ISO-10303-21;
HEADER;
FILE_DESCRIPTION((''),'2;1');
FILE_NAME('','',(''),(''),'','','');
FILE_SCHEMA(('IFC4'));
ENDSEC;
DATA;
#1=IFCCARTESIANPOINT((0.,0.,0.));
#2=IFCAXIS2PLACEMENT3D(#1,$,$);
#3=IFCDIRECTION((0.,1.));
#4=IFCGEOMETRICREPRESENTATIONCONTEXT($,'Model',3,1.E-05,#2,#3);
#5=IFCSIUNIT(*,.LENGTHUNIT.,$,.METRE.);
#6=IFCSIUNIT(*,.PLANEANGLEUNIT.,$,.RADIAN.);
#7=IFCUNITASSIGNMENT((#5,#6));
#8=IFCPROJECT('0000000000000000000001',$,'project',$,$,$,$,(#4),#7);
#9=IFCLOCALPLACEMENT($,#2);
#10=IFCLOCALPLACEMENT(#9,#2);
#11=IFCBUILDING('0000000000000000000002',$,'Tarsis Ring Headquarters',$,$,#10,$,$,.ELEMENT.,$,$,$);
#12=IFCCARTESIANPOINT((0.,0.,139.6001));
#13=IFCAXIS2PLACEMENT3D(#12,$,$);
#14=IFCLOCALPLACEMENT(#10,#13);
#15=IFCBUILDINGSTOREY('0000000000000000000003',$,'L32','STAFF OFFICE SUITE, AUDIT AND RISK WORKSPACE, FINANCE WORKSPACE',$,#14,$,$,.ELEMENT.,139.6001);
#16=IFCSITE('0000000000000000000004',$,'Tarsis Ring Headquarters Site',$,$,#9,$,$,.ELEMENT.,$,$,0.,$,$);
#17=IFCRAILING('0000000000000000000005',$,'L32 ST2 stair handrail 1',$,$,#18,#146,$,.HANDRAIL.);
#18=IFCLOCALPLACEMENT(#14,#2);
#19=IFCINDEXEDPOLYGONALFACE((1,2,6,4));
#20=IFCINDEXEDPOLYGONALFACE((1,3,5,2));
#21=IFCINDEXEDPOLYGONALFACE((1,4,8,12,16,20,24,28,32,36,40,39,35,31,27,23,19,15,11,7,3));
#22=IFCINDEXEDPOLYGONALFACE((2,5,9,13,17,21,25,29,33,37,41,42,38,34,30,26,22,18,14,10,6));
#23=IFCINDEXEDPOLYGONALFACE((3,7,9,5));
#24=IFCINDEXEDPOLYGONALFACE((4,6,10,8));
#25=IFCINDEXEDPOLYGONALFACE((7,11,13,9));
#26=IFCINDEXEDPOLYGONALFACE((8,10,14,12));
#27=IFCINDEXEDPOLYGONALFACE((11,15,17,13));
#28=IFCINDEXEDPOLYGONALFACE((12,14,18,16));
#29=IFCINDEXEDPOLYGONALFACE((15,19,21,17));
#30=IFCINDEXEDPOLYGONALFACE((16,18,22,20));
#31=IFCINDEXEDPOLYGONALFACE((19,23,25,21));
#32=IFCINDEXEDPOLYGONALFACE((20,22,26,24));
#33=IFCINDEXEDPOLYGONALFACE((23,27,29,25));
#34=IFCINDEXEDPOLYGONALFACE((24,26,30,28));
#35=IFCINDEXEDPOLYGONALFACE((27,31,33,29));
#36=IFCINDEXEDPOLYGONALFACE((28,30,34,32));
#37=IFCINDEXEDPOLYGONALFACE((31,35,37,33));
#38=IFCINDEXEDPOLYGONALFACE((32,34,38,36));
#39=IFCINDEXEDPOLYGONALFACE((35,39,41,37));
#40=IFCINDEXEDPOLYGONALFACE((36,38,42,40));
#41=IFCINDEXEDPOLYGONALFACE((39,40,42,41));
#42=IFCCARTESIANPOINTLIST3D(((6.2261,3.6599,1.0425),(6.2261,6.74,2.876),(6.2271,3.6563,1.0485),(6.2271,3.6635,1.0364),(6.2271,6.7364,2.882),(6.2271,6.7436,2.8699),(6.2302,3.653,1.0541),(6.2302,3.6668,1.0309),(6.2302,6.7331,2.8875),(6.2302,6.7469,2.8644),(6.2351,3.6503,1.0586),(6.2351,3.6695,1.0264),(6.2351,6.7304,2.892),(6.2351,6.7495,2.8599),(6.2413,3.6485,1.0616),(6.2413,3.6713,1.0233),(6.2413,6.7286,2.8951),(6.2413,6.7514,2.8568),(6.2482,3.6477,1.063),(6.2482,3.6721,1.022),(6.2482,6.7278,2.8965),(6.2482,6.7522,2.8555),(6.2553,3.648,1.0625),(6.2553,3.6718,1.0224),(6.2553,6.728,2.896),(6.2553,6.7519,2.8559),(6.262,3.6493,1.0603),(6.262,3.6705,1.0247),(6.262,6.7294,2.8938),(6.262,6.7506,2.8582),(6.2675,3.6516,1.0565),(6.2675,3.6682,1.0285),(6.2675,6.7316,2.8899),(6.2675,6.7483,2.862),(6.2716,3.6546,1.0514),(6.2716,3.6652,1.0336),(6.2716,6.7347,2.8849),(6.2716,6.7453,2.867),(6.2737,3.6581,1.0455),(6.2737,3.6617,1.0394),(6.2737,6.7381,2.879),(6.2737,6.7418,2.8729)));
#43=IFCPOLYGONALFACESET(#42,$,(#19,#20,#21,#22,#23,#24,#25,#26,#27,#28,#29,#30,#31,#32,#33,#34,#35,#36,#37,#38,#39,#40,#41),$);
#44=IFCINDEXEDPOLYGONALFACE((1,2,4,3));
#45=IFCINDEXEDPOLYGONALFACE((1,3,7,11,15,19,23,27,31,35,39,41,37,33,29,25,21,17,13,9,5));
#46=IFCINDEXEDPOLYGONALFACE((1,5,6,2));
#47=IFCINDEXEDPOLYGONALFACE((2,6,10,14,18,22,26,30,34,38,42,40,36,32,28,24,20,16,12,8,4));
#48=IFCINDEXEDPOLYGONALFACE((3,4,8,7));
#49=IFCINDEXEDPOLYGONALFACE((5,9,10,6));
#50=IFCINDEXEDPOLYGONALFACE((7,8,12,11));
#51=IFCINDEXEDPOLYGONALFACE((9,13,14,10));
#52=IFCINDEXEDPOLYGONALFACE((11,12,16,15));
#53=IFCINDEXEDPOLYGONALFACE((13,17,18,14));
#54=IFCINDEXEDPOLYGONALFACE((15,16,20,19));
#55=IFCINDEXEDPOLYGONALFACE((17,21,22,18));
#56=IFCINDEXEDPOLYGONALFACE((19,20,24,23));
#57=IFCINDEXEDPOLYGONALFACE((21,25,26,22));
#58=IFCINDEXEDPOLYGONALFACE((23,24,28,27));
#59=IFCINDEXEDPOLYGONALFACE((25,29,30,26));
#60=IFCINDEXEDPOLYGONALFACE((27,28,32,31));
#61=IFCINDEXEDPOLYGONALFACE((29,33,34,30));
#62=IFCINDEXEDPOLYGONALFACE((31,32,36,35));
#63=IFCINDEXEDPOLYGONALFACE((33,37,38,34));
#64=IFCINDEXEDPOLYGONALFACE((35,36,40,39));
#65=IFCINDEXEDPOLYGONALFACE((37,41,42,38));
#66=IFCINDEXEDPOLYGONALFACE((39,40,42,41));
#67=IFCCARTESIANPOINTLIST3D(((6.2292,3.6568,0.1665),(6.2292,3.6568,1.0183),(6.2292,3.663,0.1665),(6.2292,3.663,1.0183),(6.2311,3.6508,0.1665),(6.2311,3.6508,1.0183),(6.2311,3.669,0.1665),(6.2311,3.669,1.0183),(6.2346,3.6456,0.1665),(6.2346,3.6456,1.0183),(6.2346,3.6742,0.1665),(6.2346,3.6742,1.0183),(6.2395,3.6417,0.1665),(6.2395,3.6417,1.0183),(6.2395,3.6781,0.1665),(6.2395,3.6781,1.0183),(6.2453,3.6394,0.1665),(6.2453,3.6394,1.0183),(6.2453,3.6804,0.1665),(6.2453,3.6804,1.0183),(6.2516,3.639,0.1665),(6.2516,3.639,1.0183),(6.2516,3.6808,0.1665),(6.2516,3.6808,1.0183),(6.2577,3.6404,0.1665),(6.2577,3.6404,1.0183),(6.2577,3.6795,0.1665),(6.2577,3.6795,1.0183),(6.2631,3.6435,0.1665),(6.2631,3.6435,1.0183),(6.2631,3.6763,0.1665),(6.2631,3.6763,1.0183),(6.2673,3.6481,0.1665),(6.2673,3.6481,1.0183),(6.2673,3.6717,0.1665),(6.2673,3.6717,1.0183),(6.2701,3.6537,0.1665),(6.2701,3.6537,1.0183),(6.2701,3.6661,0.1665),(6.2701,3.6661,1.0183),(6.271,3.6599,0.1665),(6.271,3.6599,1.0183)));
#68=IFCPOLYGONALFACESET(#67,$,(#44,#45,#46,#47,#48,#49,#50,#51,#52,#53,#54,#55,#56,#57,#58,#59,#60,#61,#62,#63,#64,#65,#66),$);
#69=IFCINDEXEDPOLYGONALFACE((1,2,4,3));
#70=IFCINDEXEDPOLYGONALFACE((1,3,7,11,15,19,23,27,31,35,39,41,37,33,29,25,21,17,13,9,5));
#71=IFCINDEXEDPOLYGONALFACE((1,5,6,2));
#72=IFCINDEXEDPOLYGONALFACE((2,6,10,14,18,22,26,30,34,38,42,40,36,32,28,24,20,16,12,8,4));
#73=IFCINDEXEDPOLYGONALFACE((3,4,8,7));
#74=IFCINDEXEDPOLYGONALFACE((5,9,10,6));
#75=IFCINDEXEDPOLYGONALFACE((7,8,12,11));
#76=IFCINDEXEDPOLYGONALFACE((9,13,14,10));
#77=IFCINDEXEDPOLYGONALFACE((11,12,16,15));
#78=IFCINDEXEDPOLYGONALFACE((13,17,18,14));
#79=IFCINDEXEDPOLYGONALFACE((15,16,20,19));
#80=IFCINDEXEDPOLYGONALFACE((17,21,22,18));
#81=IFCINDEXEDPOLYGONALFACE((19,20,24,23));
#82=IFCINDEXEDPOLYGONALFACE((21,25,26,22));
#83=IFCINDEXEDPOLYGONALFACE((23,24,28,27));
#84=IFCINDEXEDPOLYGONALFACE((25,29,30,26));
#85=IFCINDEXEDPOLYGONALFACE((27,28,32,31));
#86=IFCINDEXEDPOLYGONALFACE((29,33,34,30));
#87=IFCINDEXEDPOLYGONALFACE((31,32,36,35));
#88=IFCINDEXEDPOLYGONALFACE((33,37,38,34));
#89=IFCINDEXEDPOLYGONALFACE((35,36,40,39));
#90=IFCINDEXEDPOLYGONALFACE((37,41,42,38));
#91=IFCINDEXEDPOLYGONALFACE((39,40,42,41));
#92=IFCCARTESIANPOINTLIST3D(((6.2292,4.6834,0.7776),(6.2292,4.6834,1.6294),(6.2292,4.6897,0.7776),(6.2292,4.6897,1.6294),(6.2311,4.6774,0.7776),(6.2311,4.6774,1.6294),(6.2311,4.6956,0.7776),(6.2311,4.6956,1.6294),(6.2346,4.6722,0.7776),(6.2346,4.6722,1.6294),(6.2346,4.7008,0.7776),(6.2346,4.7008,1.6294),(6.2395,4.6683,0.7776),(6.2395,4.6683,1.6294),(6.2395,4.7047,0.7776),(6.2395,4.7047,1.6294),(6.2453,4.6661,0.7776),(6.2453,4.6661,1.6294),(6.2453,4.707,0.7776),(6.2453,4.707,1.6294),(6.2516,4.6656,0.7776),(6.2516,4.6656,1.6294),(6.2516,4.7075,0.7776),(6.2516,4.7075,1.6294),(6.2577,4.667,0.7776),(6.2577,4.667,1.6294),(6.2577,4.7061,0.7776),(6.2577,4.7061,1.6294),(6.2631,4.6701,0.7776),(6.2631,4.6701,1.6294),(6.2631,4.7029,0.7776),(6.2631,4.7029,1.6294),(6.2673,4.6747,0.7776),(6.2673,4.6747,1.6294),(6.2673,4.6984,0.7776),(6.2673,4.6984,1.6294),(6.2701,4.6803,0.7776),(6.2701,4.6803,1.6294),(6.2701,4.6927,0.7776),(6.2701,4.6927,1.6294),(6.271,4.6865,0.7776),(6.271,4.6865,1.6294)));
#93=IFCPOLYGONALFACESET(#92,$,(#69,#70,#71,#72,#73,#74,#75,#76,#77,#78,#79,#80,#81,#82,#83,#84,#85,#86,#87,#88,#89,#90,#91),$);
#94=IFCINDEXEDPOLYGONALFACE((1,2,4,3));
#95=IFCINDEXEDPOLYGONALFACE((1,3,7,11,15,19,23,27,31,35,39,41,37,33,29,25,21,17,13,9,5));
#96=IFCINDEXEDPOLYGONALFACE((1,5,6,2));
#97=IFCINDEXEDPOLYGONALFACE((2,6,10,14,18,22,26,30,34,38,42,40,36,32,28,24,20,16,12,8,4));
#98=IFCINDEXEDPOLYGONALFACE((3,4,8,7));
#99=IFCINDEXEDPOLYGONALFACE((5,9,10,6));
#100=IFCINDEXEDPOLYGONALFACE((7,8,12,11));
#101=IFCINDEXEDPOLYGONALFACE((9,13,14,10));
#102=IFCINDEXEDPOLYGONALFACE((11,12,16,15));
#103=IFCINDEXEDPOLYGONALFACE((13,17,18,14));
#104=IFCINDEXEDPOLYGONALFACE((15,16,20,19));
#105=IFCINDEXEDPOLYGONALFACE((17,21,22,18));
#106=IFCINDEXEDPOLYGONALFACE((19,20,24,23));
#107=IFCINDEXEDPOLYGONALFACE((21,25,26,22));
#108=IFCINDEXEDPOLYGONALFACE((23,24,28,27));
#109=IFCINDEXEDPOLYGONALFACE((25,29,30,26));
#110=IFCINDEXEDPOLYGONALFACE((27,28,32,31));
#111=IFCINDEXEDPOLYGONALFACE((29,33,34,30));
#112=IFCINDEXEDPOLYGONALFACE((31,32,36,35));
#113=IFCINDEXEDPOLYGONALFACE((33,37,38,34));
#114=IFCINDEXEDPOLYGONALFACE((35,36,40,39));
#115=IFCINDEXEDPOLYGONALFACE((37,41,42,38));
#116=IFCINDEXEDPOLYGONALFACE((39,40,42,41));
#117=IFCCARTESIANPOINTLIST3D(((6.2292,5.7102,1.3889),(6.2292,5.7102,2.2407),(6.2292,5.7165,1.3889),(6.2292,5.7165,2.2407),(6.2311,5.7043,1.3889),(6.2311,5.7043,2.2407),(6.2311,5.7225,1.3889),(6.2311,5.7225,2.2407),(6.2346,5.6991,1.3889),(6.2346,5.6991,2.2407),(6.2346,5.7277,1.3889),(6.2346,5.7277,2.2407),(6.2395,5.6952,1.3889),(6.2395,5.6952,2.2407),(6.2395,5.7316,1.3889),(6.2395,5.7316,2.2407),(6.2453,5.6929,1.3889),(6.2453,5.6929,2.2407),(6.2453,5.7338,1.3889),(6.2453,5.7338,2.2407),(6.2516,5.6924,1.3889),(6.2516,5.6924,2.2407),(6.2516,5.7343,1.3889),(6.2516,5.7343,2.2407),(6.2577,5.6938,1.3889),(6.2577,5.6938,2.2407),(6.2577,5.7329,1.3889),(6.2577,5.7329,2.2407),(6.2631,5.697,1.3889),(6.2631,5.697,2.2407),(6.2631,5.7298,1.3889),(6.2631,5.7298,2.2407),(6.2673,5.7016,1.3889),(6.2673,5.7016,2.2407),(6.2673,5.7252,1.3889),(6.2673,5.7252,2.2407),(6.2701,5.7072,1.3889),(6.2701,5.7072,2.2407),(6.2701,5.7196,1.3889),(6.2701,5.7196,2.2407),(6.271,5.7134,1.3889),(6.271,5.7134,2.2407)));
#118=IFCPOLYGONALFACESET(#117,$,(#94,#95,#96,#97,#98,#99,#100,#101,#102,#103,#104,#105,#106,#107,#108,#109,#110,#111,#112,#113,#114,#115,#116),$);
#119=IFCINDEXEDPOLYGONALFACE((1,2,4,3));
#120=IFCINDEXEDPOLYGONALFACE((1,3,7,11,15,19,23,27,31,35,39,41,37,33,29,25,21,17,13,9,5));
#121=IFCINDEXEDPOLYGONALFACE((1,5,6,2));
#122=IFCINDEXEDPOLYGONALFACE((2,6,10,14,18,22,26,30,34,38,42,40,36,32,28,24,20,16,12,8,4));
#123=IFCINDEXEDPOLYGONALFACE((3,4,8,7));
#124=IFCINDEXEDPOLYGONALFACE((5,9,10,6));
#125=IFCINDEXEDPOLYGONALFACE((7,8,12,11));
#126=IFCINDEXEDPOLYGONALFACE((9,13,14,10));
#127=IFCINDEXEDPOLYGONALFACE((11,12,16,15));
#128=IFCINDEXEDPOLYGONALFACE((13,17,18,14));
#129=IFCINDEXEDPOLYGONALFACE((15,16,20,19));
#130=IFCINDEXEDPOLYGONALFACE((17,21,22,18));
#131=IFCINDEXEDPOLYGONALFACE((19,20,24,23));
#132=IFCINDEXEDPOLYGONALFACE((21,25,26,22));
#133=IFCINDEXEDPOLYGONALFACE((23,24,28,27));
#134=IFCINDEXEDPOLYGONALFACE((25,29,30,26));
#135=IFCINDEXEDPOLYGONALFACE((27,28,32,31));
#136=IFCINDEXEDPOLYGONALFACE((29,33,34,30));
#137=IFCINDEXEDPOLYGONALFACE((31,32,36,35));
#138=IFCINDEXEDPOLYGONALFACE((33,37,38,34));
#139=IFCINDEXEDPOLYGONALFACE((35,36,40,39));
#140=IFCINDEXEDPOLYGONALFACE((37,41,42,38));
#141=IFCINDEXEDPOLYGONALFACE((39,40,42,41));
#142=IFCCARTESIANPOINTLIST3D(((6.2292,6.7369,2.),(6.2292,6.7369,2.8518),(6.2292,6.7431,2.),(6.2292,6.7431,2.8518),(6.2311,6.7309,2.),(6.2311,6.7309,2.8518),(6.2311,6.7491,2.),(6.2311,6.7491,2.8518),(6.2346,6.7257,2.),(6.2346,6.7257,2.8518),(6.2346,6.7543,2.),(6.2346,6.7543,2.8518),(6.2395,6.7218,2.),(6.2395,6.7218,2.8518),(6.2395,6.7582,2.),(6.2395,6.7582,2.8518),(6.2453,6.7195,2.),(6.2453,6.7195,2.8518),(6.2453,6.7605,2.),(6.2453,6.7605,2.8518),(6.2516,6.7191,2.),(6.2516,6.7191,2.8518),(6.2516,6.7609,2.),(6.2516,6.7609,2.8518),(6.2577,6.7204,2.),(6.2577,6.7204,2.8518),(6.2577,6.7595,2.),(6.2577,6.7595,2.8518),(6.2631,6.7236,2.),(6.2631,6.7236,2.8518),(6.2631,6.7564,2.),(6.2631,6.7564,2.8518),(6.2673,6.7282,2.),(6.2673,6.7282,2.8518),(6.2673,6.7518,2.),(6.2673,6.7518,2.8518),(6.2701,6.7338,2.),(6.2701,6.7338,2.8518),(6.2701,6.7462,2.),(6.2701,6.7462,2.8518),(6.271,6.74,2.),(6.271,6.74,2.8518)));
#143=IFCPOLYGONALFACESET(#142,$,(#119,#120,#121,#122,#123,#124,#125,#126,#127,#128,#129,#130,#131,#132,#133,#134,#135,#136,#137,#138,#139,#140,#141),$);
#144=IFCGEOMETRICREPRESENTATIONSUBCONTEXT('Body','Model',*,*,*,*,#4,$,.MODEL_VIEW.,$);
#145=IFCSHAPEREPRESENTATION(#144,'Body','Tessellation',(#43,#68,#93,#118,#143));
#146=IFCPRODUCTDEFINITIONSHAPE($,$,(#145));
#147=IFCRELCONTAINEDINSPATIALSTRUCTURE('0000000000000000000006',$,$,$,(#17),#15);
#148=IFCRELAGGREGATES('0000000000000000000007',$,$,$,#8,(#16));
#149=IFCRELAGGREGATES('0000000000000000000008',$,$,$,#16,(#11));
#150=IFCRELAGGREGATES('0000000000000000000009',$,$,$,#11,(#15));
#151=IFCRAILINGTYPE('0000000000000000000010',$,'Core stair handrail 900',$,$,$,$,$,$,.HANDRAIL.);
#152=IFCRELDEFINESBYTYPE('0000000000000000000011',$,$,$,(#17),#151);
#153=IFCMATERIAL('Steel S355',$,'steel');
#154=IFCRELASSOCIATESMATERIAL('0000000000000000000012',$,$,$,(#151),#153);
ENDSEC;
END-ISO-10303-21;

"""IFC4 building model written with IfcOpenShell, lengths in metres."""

from ifc_helpers import new_model, si_unit, direction, frame, origin, origin_2d, place, context, subcontext, project, spatial, circle, extrude, material, type_object, element, save


model = new_model("IFC4")

# Units and contexts
model_context = context("Model", 3, precision=1e-05, world=origin(), true_north=direction((0.0, 1.0)))
body_context = subcontext(model_context, "Body", "Model", "MODEL_VIEW")
ifc_project = project(units=[si_unit("LENGTHUNIT", "METRE"), si_unit("PLANEANGLEUNIT", "RADIAN")], contexts=[model_context])

# Site, building, storey
site_placement = place(None, origin())
site = spatial("IfcSite", under=ifc_project, at=site_placement, Name="Tarsis Ring Headquarters Site", CompositionType="ELEMENT", RefElevation=0.0)
building_placement = place(site_placement, origin())
building = spatial("IfcBuilding", under=site, at=building_placement, Name="Tarsis Ring Headquarters", CompositionType="ELEMENT")
storey_placement = place(building_placement, frame((0.0, 0.0, 139.6001)))
storey = spatial("IfcBuildingStorey", under=building, at=storey_placement, Name="L32", Description="STAFF OFFICE SUITE, AUDIT AND RISK WORKSPACE, FINANCE WORKSPACE", CompositionType="ELEMENT", Elevation=139.6001)

# Shared definitions
ifc_material_1 = material(Name="Steel S355", Category="steel")

# Railing
railing_type_1 = type_object("IfcRailingType", Name="Core stair handrail 900", PredefinedType="HANDRAIL", material=ifc_material_1)
for number, where, name in (
    (1, (6.25, 3.6599, 0.1665), "L32 ST2 stair handrail 1"),
):
    element("IfcRailing", number, at=place(storey_placement, frame(where)), inside=storey, type_object=railing_type_1, Name=name, PredefinedType="HANDRAIL", context=body_context, shape_type="SweptSolid", body=[
        extrude(circle(Radius=0.0239, at=origin_2d()), frame((0.0, 0.0, 0.876), z_axis=(0.0, 0.859279, 0.511508), x_axis=(-1.0, 0.0, 0.0)), (0.0, 0.0, 1.0), 3.5845),
        extrude(circle(Radius=0.021, at=origin_2d()), origin(), (0.0, 0.0, 1.0), 0.8518),
        extrude(circle(Radius=0.021, at=origin_2d()), frame((0.0, 1.0266, 0.6111)), (0.0, 0.0, 1.0), 0.8518),
        extrude(circle(Radius=0.021, at=origin_2d()), frame((0.0, 2.0535, 1.2224)), (0.0, 0.0, 1.0), 0.8518),
        extrude(circle(Radius=0.021, at=origin_2d()), frame((0.0, 3.0801, 1.8335)), (0.0, 0.0, 1.0), 0.8518),
    ])

save(model, "model.ifc")
